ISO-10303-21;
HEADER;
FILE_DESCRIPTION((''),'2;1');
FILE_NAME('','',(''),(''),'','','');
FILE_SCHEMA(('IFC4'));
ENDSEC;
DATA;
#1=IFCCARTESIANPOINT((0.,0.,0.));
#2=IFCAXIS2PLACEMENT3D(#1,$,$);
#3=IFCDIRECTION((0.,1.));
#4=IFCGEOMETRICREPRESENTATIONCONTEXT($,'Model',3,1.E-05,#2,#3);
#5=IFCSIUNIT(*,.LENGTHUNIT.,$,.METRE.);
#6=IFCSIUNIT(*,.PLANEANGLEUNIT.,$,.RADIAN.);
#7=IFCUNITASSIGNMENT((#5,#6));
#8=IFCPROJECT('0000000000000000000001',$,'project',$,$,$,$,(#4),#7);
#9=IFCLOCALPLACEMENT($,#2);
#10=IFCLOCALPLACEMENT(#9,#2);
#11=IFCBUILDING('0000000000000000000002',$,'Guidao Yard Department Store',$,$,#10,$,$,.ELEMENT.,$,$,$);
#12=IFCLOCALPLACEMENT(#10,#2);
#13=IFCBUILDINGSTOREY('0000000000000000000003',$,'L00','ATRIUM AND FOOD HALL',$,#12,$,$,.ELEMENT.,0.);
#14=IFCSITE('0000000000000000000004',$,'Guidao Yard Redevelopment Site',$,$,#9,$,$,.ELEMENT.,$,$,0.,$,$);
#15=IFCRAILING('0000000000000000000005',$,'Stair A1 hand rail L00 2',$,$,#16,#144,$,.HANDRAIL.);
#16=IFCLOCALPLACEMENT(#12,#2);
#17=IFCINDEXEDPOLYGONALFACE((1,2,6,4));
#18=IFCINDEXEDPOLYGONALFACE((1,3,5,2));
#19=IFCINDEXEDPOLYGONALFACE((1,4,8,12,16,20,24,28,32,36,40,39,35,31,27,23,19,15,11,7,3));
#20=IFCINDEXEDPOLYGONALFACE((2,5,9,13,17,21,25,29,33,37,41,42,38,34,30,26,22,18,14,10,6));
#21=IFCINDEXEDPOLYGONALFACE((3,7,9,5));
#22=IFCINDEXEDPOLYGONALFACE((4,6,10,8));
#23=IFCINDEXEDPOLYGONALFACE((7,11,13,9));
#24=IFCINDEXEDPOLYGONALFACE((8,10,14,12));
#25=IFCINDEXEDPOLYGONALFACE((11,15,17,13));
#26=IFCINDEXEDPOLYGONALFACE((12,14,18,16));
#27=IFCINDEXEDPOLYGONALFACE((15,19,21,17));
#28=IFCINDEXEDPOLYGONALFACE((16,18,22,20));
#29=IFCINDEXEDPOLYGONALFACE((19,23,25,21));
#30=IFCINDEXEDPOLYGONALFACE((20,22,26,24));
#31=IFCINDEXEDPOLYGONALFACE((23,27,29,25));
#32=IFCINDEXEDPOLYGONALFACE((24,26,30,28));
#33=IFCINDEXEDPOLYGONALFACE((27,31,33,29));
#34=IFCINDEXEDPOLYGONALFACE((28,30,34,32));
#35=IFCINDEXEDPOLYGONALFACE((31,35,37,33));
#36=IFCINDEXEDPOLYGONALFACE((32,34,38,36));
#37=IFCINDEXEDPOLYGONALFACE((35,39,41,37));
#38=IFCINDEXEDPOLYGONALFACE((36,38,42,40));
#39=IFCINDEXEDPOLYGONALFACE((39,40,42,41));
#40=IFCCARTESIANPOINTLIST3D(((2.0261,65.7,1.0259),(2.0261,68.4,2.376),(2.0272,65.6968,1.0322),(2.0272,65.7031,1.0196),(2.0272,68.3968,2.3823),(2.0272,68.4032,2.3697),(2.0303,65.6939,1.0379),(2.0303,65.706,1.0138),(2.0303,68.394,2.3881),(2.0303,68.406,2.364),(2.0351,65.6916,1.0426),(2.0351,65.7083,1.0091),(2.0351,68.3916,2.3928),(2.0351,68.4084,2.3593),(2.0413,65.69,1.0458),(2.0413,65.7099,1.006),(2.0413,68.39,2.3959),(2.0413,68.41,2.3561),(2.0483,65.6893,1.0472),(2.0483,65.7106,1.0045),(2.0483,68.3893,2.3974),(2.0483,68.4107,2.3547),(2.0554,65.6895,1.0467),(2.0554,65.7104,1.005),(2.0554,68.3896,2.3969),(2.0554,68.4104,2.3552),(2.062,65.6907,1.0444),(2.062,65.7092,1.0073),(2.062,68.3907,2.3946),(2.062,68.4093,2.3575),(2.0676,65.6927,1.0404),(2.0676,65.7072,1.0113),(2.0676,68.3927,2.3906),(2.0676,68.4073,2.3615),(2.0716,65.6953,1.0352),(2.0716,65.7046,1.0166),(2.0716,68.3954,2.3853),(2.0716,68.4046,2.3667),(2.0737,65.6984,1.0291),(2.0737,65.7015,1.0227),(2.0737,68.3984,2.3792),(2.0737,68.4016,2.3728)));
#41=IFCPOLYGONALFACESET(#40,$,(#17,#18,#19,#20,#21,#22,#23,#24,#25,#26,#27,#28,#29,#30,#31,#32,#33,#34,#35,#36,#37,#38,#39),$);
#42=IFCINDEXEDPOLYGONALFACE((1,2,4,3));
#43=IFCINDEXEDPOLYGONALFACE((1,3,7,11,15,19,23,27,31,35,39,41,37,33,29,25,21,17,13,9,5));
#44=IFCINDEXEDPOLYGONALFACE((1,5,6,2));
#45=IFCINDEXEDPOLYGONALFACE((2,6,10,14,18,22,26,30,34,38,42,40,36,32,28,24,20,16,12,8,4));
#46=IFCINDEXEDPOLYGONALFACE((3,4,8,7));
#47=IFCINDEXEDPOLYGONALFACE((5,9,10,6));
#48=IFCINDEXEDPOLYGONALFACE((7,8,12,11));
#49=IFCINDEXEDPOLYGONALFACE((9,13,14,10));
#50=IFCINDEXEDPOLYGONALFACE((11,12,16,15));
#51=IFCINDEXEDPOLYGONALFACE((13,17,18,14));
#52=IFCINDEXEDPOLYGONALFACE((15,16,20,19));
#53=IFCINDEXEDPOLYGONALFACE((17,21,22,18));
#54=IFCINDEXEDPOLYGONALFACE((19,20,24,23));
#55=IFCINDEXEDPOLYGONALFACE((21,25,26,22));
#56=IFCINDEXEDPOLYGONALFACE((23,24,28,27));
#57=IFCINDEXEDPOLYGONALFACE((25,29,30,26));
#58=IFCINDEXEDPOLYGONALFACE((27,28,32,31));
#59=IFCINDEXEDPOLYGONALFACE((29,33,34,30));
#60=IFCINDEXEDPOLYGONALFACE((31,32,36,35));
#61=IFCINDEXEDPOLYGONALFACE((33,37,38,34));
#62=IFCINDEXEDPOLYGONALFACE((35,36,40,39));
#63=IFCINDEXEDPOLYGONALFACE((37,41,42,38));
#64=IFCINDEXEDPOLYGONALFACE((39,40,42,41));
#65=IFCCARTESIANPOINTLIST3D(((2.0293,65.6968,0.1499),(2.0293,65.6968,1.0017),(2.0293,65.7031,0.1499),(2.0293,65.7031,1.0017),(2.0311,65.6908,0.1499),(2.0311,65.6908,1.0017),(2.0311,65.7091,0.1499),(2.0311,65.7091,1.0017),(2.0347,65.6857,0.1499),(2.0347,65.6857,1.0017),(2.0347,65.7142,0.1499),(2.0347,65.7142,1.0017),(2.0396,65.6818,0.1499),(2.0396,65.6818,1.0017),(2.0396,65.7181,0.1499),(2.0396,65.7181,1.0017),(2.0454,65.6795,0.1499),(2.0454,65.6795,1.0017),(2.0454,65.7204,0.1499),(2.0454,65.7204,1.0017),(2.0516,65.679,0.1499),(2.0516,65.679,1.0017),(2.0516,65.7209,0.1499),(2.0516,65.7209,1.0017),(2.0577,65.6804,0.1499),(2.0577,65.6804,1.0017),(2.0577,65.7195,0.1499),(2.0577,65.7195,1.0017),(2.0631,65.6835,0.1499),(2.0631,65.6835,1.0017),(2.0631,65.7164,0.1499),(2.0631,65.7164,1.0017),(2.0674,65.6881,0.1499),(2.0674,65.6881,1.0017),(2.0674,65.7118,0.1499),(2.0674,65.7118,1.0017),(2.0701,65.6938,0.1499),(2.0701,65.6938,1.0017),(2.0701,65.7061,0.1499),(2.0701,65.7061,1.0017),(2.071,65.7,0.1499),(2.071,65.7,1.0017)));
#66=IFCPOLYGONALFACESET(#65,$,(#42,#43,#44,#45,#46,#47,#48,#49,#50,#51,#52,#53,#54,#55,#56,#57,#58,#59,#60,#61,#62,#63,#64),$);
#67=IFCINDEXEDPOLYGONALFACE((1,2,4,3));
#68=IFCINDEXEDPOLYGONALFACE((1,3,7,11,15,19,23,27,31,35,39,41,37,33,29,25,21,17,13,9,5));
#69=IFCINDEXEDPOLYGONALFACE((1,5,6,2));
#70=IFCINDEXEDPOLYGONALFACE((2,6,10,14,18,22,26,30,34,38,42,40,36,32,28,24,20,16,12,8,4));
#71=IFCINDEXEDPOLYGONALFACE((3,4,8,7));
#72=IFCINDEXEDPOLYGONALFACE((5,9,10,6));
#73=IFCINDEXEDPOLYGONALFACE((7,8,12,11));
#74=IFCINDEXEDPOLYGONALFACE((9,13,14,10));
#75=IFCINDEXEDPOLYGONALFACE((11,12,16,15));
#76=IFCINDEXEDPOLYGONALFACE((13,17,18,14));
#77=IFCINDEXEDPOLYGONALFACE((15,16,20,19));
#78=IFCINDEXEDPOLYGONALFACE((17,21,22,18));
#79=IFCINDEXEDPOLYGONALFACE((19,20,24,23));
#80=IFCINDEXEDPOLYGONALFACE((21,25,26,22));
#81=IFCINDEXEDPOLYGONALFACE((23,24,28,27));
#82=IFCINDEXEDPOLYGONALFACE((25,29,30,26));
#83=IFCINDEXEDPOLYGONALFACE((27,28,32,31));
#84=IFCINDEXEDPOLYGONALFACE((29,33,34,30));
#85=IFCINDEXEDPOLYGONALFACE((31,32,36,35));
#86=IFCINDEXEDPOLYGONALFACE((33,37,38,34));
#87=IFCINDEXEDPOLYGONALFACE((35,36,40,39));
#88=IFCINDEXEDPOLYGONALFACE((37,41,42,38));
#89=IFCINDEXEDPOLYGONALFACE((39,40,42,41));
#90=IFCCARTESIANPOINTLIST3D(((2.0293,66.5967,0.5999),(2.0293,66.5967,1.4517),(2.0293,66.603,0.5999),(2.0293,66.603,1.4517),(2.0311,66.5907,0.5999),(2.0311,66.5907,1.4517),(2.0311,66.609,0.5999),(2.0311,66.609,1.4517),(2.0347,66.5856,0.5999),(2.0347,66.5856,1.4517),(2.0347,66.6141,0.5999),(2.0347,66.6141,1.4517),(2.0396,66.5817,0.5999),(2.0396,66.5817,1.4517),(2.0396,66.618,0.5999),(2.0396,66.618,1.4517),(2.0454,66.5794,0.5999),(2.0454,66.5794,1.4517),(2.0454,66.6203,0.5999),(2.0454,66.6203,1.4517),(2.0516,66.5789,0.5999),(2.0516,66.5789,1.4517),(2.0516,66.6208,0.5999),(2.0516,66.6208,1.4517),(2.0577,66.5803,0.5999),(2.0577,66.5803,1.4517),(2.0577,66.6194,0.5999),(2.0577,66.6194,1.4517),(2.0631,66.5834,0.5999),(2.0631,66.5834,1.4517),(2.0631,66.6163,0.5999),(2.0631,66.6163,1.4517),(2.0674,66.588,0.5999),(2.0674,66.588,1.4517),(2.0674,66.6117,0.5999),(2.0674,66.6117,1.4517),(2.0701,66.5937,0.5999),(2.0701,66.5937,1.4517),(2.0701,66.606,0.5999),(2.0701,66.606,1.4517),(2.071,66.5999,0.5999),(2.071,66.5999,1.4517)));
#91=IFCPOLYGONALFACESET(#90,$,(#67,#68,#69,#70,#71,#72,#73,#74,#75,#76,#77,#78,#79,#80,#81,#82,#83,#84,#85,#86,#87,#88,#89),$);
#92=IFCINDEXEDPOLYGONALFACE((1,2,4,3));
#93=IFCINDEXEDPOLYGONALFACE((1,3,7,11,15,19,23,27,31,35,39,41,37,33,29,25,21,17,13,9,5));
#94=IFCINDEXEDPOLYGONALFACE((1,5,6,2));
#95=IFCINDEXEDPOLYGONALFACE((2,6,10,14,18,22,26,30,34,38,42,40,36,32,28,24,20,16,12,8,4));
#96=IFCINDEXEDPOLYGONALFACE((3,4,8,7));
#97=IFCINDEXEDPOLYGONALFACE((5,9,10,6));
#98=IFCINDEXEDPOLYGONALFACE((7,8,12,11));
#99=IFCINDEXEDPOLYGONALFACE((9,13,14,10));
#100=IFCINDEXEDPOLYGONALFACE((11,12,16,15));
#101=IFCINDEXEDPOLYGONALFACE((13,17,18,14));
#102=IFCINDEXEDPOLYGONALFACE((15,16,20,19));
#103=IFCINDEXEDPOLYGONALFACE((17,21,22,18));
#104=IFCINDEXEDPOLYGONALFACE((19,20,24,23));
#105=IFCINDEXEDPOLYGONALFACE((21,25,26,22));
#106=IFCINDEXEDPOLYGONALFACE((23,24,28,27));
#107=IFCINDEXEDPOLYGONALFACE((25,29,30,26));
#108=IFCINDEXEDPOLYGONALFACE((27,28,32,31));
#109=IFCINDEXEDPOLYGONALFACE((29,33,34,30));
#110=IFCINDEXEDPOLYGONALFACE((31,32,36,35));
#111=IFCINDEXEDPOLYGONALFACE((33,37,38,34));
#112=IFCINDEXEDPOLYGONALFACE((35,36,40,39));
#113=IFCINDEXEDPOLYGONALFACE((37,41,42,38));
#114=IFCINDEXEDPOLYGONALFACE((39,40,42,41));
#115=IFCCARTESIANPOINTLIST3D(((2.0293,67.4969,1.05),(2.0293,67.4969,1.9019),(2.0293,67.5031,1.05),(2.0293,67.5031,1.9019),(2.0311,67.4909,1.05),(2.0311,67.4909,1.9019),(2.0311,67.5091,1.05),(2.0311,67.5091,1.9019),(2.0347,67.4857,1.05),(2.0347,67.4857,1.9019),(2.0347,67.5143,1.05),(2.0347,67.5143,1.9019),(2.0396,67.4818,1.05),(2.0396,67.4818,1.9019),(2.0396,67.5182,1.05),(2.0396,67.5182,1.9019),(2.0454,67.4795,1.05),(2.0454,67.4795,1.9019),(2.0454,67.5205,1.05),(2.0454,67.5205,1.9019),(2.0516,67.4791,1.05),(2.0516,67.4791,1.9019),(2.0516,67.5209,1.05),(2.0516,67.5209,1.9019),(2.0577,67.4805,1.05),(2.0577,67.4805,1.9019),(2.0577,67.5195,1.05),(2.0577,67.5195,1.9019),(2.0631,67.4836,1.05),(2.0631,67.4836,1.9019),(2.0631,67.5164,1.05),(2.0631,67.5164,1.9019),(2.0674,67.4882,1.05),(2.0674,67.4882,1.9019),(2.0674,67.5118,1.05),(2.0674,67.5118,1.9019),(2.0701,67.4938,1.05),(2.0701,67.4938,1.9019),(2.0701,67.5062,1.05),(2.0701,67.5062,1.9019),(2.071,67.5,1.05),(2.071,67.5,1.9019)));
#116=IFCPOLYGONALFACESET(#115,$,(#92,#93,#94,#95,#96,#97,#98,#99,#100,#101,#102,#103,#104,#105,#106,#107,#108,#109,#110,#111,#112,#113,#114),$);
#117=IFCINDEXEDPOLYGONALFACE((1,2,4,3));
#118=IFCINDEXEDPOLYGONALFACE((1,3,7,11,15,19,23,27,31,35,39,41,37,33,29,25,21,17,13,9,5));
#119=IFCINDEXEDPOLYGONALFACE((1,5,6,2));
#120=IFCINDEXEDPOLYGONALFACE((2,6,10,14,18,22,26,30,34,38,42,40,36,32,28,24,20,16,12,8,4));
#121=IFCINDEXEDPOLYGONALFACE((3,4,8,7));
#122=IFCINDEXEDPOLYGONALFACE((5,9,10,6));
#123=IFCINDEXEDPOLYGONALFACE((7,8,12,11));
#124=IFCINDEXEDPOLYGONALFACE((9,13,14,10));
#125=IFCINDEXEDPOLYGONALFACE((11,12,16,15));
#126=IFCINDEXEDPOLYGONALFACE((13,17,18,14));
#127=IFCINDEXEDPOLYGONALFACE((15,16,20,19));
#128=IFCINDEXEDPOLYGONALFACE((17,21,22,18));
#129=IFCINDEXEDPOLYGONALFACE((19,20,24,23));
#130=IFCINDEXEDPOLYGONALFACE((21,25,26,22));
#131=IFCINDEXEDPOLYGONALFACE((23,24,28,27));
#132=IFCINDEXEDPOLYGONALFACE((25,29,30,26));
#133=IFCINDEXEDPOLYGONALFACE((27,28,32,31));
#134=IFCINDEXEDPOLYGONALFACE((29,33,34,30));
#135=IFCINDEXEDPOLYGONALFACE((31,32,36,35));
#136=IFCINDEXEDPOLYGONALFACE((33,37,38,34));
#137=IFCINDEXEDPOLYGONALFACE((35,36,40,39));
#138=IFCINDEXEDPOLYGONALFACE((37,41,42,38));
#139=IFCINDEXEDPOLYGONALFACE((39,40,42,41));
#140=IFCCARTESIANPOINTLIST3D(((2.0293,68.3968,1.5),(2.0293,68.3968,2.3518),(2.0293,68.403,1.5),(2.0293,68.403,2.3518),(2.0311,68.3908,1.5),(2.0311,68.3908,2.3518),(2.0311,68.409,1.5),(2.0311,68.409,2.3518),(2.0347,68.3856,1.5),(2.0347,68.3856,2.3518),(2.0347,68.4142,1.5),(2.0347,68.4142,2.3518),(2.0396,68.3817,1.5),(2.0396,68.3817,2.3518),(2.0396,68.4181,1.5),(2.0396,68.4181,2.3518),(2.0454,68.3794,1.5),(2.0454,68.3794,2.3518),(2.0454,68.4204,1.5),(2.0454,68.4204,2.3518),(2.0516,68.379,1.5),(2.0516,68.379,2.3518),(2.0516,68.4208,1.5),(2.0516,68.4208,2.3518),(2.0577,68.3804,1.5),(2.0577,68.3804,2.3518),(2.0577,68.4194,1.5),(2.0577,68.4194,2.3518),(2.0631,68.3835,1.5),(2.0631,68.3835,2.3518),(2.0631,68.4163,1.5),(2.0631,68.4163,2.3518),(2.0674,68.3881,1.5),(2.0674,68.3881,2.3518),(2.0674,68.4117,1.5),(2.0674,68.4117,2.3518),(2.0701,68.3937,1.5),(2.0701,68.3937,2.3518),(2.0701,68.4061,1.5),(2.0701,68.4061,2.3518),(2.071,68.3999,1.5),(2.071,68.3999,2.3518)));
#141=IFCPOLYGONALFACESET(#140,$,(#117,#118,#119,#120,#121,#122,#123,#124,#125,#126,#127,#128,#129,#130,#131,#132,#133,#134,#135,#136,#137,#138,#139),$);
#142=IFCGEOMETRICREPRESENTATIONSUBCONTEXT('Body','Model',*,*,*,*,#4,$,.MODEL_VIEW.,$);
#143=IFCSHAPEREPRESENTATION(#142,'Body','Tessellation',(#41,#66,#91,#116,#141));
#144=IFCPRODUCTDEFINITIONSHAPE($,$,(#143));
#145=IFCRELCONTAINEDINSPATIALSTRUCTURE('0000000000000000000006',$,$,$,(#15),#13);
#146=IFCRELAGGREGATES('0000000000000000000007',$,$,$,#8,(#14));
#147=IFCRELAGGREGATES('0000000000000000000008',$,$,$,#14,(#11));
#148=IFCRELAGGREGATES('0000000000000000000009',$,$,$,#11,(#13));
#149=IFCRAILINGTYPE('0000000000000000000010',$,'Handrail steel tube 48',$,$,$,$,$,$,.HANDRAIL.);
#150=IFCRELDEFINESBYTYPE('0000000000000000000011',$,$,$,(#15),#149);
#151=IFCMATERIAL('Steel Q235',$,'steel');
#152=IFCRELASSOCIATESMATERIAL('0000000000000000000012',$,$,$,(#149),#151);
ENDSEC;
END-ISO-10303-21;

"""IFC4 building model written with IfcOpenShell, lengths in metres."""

from ifc_helpers import new_model, si_unit, direction, frame, origin, origin_2d, place, context, subcontext, project, spatial, circle, extrude, material, type_object, element, save


model = new_model("IFC4")

# Units and contexts
model_context = context("Model", 3, precision=1e-05, world=origin(), true_north=direction((0.0, 1.0)))
body_context = subcontext(model_context, "Body", "Model", "MODEL_VIEW")
ifc_project = project(units=[si_unit("LENGTHUNIT", "METRE"), si_unit("PLANEANGLEUNIT", "RADIAN")], contexts=[model_context])

# Site, building, storey
site_placement = place(None, origin())
site = spatial("IfcSite", under=ifc_project, at=site_placement, Name="Guidao Yard Redevelopment Site", CompositionType="ELEMENT", RefElevation=0.0)
building_placement = place(site_placement, origin())
building = spatial("IfcBuilding", under=site, at=building_placement, Name="Guidao Yard Department Store", CompositionType="ELEMENT")
storey_placement = place(building_placement, origin())
storey = spatial("IfcBuildingStorey", under=building, at=storey_placement, Name="L00", Description="ATRIUM AND FOOD HALL", CompositionType="ELEMENT", Elevation=0.0)

# Railing
ifc_material_1 = material(Name="Steel Q235", Category="steel")
railing_type = type_object("IfcRailingType", Name="Handrail steel tube 48", PredefinedType="HANDRAIL", material=ifc_material_1)
for number, where, name in (
    (1, (2.05, 65.7, 0.1499), "Stair A1 hand rail L00 2"),
):
    element("IfcRailing", number, at=place(storey_placement, frame(where)), inside=storey, type_object=railing_type, Name=name, PredefinedType="HANDRAIL", context=body_context, shape_type="SweptSolid", body=[
        extrude(circle(Radius=0.0239, at=origin_2d()), frame((0.0, 0.0, 0.876), z_axis=(0.0, 0.894411, 0.447246), x_axis=(-1.0, 0.0, 0.0)), (0.0, 0.0, 1.0), 3.0188),
        extrude(circle(Radius=0.021, at=origin_2d()), origin(), (0.0, 0.0, 1.0), 0.8518),
        extrude(circle(Radius=0.021, at=origin_2d()), frame((0.0, 0.8999, 0.45)), (0.0, 0.0, 1.0), 0.8518),
        extrude(circle(Radius=0.021, at=origin_2d()), frame((0.0, 1.8, 0.9001)), (0.0, 0.0, 1.0), 0.8518),
        extrude(circle(Radius=0.021, at=origin_2d()), frame((0.0, 2.7, 1.3501)), (0.0, 0.0, 1.0), 0.8518),
    ])

save(model, "model.ifc")
